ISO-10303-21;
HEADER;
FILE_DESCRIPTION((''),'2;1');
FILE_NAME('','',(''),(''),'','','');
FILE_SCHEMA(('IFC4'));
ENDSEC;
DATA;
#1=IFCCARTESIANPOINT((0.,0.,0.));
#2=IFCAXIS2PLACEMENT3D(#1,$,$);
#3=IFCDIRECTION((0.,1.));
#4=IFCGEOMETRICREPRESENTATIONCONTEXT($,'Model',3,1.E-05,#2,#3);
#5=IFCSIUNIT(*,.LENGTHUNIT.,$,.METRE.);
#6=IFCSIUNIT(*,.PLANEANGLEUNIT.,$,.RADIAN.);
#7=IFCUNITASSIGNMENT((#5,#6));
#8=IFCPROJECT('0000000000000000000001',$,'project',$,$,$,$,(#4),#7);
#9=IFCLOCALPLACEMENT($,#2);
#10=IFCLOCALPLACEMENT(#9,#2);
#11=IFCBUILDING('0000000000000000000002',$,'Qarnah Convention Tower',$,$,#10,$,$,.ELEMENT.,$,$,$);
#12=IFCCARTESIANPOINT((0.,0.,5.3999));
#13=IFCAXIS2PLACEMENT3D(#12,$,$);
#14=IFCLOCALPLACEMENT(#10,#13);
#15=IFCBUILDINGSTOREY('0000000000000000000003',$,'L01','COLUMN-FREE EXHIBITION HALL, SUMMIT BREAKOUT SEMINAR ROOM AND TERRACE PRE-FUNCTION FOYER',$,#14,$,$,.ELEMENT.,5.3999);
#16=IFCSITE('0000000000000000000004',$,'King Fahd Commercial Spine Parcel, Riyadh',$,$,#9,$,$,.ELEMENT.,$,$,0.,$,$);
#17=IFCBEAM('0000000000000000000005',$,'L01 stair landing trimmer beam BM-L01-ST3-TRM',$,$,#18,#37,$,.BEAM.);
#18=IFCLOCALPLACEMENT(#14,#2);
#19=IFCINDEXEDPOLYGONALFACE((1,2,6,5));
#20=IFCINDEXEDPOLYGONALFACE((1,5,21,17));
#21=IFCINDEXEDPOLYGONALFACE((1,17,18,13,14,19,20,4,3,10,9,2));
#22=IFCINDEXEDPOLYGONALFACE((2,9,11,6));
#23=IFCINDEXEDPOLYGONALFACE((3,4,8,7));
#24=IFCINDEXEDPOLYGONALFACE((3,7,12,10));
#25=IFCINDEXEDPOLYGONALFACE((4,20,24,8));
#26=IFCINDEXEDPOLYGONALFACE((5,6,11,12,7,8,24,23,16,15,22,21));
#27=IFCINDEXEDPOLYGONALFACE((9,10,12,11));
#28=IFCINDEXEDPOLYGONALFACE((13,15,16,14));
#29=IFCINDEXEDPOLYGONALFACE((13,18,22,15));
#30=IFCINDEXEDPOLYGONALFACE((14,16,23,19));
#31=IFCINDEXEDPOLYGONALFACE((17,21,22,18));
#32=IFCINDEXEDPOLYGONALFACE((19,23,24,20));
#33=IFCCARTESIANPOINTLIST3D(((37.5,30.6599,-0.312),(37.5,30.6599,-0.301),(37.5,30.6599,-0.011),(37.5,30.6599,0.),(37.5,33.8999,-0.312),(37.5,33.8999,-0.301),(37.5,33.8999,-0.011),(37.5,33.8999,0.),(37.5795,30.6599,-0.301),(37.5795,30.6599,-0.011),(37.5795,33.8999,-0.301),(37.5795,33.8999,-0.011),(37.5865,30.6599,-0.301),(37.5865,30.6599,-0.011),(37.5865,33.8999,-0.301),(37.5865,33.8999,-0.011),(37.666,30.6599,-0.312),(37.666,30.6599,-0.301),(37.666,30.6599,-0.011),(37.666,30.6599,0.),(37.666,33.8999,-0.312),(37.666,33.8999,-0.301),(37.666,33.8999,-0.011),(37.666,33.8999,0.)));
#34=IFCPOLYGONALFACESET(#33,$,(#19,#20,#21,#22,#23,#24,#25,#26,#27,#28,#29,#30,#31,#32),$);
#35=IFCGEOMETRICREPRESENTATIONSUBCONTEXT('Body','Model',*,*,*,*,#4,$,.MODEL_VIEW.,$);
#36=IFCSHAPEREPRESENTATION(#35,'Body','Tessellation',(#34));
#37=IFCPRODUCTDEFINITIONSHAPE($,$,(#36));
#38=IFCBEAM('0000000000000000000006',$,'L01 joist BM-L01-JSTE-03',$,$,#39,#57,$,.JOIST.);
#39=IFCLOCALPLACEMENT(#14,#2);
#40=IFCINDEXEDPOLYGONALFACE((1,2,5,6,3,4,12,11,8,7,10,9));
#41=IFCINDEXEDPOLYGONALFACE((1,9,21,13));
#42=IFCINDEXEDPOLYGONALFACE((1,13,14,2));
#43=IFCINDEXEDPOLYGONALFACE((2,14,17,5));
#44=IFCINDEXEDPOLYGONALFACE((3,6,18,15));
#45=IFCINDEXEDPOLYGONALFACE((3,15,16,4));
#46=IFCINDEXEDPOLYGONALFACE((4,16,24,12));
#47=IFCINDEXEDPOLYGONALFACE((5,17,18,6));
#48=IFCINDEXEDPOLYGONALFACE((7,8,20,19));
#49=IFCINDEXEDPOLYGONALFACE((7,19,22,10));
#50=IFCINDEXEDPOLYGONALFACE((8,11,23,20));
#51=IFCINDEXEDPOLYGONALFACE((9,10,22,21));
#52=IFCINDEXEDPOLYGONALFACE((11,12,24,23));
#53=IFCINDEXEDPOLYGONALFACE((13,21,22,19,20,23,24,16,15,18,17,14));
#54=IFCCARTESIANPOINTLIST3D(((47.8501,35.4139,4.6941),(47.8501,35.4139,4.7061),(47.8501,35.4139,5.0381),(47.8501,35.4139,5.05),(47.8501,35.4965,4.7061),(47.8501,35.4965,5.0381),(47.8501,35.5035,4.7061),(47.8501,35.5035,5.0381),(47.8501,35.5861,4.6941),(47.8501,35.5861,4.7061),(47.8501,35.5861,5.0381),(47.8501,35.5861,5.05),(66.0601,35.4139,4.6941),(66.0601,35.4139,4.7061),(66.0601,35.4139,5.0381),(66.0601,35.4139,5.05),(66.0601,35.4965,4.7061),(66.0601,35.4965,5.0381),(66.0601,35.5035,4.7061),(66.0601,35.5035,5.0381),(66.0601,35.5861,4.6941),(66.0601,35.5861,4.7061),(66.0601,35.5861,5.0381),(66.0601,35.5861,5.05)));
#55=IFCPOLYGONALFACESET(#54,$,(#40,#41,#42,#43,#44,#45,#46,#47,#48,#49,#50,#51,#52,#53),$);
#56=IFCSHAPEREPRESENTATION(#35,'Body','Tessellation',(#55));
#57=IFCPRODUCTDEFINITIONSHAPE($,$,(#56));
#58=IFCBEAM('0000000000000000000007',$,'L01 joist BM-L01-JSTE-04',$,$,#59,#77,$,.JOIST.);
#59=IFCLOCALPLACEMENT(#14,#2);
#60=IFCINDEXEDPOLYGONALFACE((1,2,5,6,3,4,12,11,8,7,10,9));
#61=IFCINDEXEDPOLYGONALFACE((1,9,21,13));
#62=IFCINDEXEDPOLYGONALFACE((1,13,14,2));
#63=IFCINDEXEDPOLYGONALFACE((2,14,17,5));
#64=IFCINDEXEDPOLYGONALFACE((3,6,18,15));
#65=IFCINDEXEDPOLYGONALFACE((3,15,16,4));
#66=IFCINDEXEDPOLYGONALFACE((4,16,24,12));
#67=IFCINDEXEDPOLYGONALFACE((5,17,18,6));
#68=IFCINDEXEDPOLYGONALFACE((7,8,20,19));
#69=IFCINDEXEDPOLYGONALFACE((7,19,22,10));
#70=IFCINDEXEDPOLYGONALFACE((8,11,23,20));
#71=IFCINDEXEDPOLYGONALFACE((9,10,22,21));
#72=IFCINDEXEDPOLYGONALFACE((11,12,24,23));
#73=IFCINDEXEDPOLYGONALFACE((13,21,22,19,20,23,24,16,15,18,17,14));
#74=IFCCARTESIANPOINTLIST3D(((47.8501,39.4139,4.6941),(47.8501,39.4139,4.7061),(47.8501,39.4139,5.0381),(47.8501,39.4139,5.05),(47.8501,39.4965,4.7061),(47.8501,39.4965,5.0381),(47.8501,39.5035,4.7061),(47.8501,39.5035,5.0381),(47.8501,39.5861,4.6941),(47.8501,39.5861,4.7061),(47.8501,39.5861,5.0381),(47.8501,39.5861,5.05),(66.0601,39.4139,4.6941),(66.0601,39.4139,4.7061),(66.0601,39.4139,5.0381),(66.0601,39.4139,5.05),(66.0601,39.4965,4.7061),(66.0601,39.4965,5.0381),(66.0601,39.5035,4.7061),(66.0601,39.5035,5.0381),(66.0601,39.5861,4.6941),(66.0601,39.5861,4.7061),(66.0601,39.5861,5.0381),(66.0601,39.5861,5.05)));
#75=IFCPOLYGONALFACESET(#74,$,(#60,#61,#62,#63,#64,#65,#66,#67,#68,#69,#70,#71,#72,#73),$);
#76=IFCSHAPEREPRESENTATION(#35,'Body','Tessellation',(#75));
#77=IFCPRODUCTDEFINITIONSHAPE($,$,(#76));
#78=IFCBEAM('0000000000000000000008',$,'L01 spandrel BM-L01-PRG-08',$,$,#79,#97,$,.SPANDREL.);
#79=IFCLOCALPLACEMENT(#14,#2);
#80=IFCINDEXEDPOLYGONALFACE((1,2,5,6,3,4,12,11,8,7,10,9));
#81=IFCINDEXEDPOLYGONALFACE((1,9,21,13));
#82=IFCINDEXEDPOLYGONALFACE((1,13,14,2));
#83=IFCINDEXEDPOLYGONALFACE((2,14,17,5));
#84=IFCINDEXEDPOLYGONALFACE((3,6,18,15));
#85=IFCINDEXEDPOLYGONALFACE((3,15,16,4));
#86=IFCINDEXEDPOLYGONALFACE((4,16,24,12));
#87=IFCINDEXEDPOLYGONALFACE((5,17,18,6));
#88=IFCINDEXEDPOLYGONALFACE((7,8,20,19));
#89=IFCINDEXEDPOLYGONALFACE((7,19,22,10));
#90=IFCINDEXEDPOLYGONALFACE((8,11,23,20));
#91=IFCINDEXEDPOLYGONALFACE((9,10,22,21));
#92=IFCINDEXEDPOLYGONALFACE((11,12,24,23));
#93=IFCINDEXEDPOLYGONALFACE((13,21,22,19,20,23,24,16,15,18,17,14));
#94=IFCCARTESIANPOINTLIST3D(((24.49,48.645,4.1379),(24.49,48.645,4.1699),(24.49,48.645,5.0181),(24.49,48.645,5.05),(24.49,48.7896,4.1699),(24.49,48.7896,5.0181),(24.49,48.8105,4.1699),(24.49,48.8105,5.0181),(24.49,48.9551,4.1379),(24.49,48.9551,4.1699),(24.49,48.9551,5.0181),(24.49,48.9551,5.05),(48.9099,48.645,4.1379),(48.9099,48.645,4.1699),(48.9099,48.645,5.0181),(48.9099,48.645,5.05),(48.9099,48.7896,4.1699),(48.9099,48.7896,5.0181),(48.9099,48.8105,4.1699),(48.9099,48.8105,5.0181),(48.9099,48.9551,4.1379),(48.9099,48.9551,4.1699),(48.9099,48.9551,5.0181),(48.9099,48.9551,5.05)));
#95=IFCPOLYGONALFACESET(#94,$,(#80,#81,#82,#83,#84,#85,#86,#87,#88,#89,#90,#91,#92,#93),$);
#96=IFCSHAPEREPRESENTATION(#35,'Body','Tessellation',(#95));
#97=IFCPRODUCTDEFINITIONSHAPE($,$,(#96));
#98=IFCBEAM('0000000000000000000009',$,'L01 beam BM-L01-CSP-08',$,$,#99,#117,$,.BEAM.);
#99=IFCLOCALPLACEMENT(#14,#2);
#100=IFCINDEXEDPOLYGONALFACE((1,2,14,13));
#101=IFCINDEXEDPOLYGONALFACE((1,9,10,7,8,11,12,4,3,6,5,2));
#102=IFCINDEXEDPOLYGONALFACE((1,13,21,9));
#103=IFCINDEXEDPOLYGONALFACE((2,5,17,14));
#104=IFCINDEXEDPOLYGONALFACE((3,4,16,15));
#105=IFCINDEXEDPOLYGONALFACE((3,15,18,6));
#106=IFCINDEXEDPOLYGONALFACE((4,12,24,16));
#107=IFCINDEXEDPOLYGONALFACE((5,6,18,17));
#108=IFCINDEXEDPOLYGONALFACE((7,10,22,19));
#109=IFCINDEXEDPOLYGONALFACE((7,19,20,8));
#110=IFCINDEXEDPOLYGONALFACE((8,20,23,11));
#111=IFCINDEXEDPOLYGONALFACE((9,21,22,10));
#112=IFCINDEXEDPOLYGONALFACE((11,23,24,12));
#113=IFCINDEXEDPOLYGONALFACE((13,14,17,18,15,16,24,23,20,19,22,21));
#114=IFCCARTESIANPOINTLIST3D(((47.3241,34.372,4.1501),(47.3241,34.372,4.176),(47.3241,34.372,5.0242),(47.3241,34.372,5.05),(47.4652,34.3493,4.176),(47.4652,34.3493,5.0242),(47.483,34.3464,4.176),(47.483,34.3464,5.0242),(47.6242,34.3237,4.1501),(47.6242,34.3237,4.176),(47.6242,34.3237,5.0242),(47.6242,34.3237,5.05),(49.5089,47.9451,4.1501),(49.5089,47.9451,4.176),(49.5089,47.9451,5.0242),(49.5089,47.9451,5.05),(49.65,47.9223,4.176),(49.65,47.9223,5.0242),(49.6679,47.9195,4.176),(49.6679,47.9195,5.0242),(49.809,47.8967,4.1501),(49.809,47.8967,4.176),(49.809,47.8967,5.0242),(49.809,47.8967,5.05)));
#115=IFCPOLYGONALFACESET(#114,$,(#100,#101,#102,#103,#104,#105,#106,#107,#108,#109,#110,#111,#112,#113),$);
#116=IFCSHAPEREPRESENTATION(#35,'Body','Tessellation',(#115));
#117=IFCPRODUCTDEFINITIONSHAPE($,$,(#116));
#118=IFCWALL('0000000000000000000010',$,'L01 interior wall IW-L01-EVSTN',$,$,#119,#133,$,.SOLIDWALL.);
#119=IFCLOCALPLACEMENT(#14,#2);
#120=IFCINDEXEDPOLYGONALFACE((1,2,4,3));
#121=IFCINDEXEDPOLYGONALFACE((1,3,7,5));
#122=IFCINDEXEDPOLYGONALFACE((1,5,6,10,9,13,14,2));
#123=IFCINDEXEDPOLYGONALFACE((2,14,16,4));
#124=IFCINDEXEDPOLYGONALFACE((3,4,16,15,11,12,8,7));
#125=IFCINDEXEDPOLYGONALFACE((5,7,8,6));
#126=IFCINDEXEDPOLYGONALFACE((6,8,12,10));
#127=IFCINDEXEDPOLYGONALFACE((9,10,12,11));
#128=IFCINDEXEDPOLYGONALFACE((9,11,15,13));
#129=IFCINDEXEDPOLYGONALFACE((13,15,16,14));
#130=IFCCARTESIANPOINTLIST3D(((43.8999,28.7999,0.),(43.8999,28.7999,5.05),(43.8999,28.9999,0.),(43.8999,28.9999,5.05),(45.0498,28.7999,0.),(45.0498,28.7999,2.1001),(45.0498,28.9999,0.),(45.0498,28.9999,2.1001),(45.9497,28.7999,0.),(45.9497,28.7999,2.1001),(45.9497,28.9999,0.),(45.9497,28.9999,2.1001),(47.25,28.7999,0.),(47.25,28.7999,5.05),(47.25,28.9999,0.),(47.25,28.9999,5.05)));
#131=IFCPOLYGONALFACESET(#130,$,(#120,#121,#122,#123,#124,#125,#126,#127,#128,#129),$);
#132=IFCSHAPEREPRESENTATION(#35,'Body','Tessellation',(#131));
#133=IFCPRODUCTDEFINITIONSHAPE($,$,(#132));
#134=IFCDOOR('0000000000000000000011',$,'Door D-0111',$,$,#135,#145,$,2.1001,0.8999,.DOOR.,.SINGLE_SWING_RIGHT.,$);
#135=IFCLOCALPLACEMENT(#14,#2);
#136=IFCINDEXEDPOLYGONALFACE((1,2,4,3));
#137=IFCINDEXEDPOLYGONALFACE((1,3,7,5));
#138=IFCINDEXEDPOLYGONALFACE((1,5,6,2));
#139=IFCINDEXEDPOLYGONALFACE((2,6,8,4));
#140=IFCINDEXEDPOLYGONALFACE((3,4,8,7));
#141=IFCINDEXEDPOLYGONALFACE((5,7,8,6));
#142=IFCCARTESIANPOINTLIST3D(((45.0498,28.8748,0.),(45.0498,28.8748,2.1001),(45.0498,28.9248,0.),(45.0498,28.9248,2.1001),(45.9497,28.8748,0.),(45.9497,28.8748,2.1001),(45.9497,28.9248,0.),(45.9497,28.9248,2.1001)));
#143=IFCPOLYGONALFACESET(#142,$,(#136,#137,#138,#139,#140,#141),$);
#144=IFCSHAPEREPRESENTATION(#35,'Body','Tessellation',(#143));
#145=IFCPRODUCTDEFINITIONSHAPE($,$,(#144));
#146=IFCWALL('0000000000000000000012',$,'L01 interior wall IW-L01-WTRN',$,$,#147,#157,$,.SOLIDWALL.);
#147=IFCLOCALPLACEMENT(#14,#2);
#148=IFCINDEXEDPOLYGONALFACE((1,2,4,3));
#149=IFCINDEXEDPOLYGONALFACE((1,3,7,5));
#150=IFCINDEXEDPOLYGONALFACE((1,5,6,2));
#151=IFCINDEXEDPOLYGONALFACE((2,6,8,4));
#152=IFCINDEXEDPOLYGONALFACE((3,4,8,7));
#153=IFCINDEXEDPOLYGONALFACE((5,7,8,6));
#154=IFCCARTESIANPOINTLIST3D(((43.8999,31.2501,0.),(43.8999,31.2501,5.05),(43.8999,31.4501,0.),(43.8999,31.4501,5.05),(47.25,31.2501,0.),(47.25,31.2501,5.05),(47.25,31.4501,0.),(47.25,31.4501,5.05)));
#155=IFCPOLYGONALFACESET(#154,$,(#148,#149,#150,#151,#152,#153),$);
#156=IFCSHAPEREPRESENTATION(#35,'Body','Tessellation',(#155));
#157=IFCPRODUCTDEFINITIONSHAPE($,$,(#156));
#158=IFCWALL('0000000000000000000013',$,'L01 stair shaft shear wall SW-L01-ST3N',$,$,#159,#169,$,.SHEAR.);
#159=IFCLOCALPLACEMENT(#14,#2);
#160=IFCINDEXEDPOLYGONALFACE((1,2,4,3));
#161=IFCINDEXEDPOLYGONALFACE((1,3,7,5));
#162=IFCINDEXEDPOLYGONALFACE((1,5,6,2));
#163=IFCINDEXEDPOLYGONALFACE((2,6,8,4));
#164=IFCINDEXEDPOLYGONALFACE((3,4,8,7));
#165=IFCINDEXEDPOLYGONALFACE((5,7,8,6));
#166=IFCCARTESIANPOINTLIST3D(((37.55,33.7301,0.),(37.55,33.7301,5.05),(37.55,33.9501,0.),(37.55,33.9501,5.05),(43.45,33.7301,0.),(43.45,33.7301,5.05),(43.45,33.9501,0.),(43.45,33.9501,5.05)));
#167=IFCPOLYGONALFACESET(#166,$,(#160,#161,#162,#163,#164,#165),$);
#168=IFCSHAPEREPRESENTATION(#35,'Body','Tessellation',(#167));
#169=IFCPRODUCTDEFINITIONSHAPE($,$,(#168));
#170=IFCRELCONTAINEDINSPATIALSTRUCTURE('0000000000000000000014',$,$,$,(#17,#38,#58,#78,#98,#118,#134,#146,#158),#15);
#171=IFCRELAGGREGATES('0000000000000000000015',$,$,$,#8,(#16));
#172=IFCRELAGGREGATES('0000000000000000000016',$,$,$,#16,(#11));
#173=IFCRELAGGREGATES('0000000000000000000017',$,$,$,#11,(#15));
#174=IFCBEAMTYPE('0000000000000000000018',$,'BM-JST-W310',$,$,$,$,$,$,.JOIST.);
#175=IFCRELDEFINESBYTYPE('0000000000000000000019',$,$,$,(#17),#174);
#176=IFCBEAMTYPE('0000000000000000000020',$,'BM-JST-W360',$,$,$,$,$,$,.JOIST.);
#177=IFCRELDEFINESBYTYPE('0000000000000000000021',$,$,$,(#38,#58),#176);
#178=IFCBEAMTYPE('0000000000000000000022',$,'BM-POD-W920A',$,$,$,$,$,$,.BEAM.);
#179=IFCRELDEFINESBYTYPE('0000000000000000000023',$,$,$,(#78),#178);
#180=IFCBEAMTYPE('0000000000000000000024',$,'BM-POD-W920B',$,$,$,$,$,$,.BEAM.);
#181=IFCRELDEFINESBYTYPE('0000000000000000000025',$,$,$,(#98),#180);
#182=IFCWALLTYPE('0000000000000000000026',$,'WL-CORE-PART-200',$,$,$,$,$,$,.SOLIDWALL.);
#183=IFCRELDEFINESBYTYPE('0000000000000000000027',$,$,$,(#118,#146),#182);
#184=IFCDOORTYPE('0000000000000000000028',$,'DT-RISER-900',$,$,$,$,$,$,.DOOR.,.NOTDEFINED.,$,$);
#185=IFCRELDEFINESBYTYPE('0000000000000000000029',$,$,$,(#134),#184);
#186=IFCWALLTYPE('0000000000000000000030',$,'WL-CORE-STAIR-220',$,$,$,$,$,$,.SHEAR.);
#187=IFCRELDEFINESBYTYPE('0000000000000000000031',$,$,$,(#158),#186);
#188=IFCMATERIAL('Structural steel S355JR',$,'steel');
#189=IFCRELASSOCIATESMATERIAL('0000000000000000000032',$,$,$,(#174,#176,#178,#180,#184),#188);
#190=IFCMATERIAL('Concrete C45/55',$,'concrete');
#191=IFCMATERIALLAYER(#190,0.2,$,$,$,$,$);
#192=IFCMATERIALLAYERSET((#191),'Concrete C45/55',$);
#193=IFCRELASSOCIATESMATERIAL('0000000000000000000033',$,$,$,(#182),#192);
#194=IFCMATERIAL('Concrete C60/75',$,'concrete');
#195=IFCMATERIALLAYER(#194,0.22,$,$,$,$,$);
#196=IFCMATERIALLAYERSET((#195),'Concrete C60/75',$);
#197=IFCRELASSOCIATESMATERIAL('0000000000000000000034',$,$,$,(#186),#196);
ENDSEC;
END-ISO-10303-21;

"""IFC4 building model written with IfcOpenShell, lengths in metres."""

from ifc_helpers import new_model, si_unit, direction, frame, frame_2d, origin, origin_2d, place, context, subcontext, project, spatial, rectangle, i_section, extrude, material, layer, layer_set, material_profile, profile_set, type_object, element, fill, save


model = new_model("IFC4")

# Units and contexts
model_context = context("Model", 3, precision=1e-05, world=origin(), true_north=direction((0.0, 1.0)))
body_context = subcontext(model_context, "Body", "Model", "MODEL_VIEW")
ifc_project = project(units=[si_unit("LENGTHUNIT", "METRE"), si_unit("PLANEANGLEUNIT", "RADIAN")], contexts=[model_context])

# Site, building, storey
site_placement = place(None, origin())
site = spatial("IfcSite", under=ifc_project, at=site_placement, Name="King Fahd Commercial Spine Parcel, Riyadh", CompositionType="ELEMENT", RefElevation=0.0)
building_placement = place(site_placement, origin())
building = spatial("IfcBuilding", under=site, at=building_placement, Name="Qarnah Convention Tower", CompositionType="ELEMENT")
storey_placement = place(building_placement, frame((0.0, 0.0, 5.3999)))
storey = spatial("IfcBuildingStorey", under=building, at=storey_placement, Name="L01", Description="COLUMN-FREE EXHIBITION HALL, SUMMIT BREAKOUT SEMINAR ROOM AND TERRACE PRE-FUNCTION FOYER", CompositionType="ELEMENT", Elevation=5.3999)

# Beams
ifc_material_1 = material(Name="Structural steel S355JR", Category="steel")
ifc_material_profile_1 = material_profile(ifc_material_1, i_section(OverallWidth=0.166, OverallDepth=0.312, WebThickness=0.0071, FlangeThickness=0.011, at=origin_2d()), Name="W310X45")
ifc_profile_set_1 = profile_set([ifc_material_profile_1], Name="Structural steel S355JR")
beam_type_1 = type_object("IfcBeamType", Name="BM-JST-W310", PredefinedType="JOIST", material=ifc_profile_set_1)
beam_1_placement = place(storey_placement, frame((37.583, 30.6599, -0.156), z_axis=(0.0, 1.0, 0.0), x_axis=(-1.0, 0.0, 0.0)))
element("IfcBeam", 1, at=beam_1_placement, inside=storey, type_object=beam_type_1, Name="L01 stair landing trimmer beam BM-L01-ST3-TRM", PredefinedType="BEAM", context=body_context, shape_type="SweptSolid", body=[
    extrude(i_section(OverallWidth=0.166, OverallDepth=0.312, WebThickness=0.0071, FlangeThickness=0.011, at=origin_2d()), origin(), (0.0, 0.0, 1.0), 3.24),
])
ifc_material_profile_2 = material_profile(ifc_material_1, i_section(OverallWidth=0.1721, OverallDepth=0.356, WebThickness=0.0071, FlangeThickness=0.012, at=origin_2d()), Name="W360X51")
ifc_profile_set_2 = profile_set([ifc_material_profile_2], Name="Structural steel S355JR")
beam_type_2 = type_object("IfcBeamType", Name="BM-JST-W360", PredefinedType="JOIST", material=ifc_profile_set_2)
for number, where, z_axis, x_axis, name in (
    (2, (47.8501, 35.5, 4.8721), (1.0, 0.0, 0.0), (0.0, 1.0, 0.0), "L01 joist BM-L01-JSTE-03"),
    (3, (47.8501, 39.5, 4.8721), (1.0, 0.0, 0.0), (0.0, 1.0, 0.0), "L01 joist BM-L01-JSTE-04"),
):
    element("IfcBeam", number, at=place(storey_placement, frame(where, z_axis=z_axis, x_axis=x_axis)), inside=storey, type_object=beam_type_2, Name=name, PredefinedType="JOIST", context=body_context, shape_type="SweptSolid", body=[
        extrude(i_section(OverallWidth=0.1721, OverallDepth=0.356, WebThickness=0.0071, FlangeThickness=0.012, at=origin_2d()), origin(), (0.0, 0.0, 1.0), 18.21),
    ])
ifc_material_profile_3 = material_profile(ifc_material_1, i_section(OverallWidth=0.3101, OverallDepth=0.9121, WebThickness=0.021, FlangeThickness=0.032, at=origin_2d()), Name="W920X342")
ifc_profile_set_3 = profile_set([ifc_material_profile_3], Name="Structural steel S355JR")
beam_type_3 = type_object("IfcBeamType", Name="BM-POD-W920A", PredefinedType="BEAM", material=ifc_profile_set_3)
beam_2_placement = place(storey_placement, frame((48.9099, 48.8, 4.594), z_axis=(-1.0, 0.0, 0.0), x_axis=(0.0, -1.0, 0.0)))
element("IfcBeam", 4, at=beam_2_placement, inside=storey, type_object=beam_type_3, Name="L01 spandrel BM-L01-PRG-08", PredefinedType="SPANDREL", context=body_context, shape_type="SweptSolid", body=[
    extrude(i_section(OverallWidth=0.3101, OverallDepth=0.9121, WebThickness=0.021, FlangeThickness=0.032, at=origin_2d()), origin(), (0.0, 0.0, 1.0), 24.4199),
])
ifc_material_profile_4 = material_profile(ifc_material_1, i_section(OverallWidth=0.304, OverallDepth=0.8999, WebThickness=0.0181, FlangeThickness=0.0259, at=origin_2d()), Name="W920X271")
ifc_profile_set_4 = profile_set([ifc_material_profile_4], Name="Structural steel S355JR")
beam_type_4 = type_object("IfcBeamType", Name="BM-POD-W920B", PredefinedType="BEAM", material=ifc_profile_set_4)
beam_3_placement = place(storey_placement, frame((49.6589, 47.9209, 4.6001), z_axis=(-0.158922, -0.987291, 0.0), x_axis=(0.987291, -0.158922, 0.0)))
element("IfcBeam", 5, at=beam_3_placement, inside=storey, type_object=beam_type_4, Name="L01 beam BM-L01-CSP-08", PredefinedType="BEAM", context=body_context, shape_type="SweptSolid", body=[
    extrude(i_section(OverallWidth=0.304, OverallDepth=0.8999, WebThickness=0.0181, FlangeThickness=0.0259, at=origin_2d()), origin(), (0.0, 0.0, 1.0), 13.7478),
])

# Wall, opening, door
ifc_material_2 = material(Name="Concrete C45/55", Category="concrete")
ifc_layer_1 = layer(ifc_material_2, 0.2)
ifc_layer_set_1 = layer_set([ifc_layer_1], Name="Concrete C45/55")
wall_type_1 = type_object("IfcWallType", Name="WL-CORE-PART-200", PredefinedType="SOLIDWALL", material=ifc_layer_set_1)
wall_1_placement = place(storey_placement, frame((43.8999, 28.8999, 0.0), z_axis=(0.0, 0.0, 1.0), x_axis=(1.0, 0.0, 0.0)))
wall_1 = element("IfcWall", 6, at=wall_1_placement, inside=storey, type_object=wall_type_1, Name="L01 interior wall IW-L01-EVSTN", PredefinedType="SOLIDWALL", context=body_context, shape_type="SweptSolid", body=[
    extrude(rectangle(XDim=3.3501, YDim=0.2, at=frame_2d((1.675, 0.0))), origin(), (0.0, 0.0, 1.0), 5.05),
])
opening_1_placement = place(wall_1_placement, frame((1.1499, 0.0, 0.0)))
opening_1 = element("IfcOpeningElement", 7, at=opening_1_placement, cuts=wall_1, PredefinedType="OPENING", context=body_context, shape_type="SweptSolid", body=[
    extrude(rectangle(XDim=0.8999, YDim=2.1001, at=frame_2d((0.45, 1.05))), frame((0.0, 0.1099, 0.0), z_axis=(0.0, -1.0, 0.0), x_axis=(1.0, 0.0, 0.0)), (0.0, 0.0, 1.0), 0.22),
])
door_type_1 = type_object("IfcDoorType", Name="DT-RISER-900", OperationType="NOTDEFINED", PredefinedType="DOOR", material=ifc_material_1)
door_1_placement = place(opening_1_placement, origin())
door_1 = element("IfcDoor", 8, at=door_1_placement, inside=storey, type_object=door_type_1, Name="Door D-0111", OperationType="SINGLE_SWING_RIGHT", OverallHeight=2.1001, OverallWidth=0.8999, PredefinedType="DOOR", context=body_context, shape_type="SweptSolid", body=[
    extrude(rectangle(XDim=0.8999, YDim=2.1001, at=frame_2d((0.45, 1.05))), frame((0.0, 0.0249, 0.0), z_axis=(0.0, -1.0, 0.0), x_axis=(1.0, 0.0, 0.0)), (0.0, 0.0, 1.0), 0.05),
])
fill(opening_1, door_1)

# Walls
wall_2_placement = place(storey_placement, frame((43.8999, 31.3501, 0.0), z_axis=(0.0, 0.0, 1.0), x_axis=(1.0, 0.0, 0.0)))
element("IfcWall", 9, at=wall_2_placement, inside=storey, type_object=wall_type_1, Name="L01 interior wall IW-L01-WTRN", PredefinedType="SOLIDWALL", context=body_context, shape_type="SweptSolid", body=[
    extrude(rectangle(XDim=3.3501, YDim=0.2, at=frame_2d((1.675, 0.0))), origin(), (0.0, 0.0, 1.0), 5.05),
])
ifc_material_3 = material(Name="Concrete C60/75", Category="concrete")
ifc_layer_2 = layer(ifc_material_3, 0.22)
ifc_layer_set_2 = layer_set([ifc_layer_2], Name="Concrete C60/75")
wall_type_2 = type_object("IfcWallType", Name="WL-CORE-STAIR-220", PredefinedType="SHEAR", material=ifc_layer_set_2)
wall_3_placement = place(storey_placement, frame((37.55, 33.8401, 0.0), z_axis=(0.0, 0.0, 1.0), x_axis=(1.0, 0.0, 0.0)))
element("IfcWall", 10, at=wall_3_placement, inside=storey, type_object=wall_type_2, Name="L01 stair shaft shear wall SW-L01-ST3N", PredefinedType="SHEAR", context=body_context, shape_type="SweptSolid", body=[
    extrude(rectangle(XDim=5.8999, YDim=0.22, at=frame_2d((2.95, 0.0))), origin(), (0.0, 0.0, 1.0), 5.05),
])

save(model, "model.ifc")
